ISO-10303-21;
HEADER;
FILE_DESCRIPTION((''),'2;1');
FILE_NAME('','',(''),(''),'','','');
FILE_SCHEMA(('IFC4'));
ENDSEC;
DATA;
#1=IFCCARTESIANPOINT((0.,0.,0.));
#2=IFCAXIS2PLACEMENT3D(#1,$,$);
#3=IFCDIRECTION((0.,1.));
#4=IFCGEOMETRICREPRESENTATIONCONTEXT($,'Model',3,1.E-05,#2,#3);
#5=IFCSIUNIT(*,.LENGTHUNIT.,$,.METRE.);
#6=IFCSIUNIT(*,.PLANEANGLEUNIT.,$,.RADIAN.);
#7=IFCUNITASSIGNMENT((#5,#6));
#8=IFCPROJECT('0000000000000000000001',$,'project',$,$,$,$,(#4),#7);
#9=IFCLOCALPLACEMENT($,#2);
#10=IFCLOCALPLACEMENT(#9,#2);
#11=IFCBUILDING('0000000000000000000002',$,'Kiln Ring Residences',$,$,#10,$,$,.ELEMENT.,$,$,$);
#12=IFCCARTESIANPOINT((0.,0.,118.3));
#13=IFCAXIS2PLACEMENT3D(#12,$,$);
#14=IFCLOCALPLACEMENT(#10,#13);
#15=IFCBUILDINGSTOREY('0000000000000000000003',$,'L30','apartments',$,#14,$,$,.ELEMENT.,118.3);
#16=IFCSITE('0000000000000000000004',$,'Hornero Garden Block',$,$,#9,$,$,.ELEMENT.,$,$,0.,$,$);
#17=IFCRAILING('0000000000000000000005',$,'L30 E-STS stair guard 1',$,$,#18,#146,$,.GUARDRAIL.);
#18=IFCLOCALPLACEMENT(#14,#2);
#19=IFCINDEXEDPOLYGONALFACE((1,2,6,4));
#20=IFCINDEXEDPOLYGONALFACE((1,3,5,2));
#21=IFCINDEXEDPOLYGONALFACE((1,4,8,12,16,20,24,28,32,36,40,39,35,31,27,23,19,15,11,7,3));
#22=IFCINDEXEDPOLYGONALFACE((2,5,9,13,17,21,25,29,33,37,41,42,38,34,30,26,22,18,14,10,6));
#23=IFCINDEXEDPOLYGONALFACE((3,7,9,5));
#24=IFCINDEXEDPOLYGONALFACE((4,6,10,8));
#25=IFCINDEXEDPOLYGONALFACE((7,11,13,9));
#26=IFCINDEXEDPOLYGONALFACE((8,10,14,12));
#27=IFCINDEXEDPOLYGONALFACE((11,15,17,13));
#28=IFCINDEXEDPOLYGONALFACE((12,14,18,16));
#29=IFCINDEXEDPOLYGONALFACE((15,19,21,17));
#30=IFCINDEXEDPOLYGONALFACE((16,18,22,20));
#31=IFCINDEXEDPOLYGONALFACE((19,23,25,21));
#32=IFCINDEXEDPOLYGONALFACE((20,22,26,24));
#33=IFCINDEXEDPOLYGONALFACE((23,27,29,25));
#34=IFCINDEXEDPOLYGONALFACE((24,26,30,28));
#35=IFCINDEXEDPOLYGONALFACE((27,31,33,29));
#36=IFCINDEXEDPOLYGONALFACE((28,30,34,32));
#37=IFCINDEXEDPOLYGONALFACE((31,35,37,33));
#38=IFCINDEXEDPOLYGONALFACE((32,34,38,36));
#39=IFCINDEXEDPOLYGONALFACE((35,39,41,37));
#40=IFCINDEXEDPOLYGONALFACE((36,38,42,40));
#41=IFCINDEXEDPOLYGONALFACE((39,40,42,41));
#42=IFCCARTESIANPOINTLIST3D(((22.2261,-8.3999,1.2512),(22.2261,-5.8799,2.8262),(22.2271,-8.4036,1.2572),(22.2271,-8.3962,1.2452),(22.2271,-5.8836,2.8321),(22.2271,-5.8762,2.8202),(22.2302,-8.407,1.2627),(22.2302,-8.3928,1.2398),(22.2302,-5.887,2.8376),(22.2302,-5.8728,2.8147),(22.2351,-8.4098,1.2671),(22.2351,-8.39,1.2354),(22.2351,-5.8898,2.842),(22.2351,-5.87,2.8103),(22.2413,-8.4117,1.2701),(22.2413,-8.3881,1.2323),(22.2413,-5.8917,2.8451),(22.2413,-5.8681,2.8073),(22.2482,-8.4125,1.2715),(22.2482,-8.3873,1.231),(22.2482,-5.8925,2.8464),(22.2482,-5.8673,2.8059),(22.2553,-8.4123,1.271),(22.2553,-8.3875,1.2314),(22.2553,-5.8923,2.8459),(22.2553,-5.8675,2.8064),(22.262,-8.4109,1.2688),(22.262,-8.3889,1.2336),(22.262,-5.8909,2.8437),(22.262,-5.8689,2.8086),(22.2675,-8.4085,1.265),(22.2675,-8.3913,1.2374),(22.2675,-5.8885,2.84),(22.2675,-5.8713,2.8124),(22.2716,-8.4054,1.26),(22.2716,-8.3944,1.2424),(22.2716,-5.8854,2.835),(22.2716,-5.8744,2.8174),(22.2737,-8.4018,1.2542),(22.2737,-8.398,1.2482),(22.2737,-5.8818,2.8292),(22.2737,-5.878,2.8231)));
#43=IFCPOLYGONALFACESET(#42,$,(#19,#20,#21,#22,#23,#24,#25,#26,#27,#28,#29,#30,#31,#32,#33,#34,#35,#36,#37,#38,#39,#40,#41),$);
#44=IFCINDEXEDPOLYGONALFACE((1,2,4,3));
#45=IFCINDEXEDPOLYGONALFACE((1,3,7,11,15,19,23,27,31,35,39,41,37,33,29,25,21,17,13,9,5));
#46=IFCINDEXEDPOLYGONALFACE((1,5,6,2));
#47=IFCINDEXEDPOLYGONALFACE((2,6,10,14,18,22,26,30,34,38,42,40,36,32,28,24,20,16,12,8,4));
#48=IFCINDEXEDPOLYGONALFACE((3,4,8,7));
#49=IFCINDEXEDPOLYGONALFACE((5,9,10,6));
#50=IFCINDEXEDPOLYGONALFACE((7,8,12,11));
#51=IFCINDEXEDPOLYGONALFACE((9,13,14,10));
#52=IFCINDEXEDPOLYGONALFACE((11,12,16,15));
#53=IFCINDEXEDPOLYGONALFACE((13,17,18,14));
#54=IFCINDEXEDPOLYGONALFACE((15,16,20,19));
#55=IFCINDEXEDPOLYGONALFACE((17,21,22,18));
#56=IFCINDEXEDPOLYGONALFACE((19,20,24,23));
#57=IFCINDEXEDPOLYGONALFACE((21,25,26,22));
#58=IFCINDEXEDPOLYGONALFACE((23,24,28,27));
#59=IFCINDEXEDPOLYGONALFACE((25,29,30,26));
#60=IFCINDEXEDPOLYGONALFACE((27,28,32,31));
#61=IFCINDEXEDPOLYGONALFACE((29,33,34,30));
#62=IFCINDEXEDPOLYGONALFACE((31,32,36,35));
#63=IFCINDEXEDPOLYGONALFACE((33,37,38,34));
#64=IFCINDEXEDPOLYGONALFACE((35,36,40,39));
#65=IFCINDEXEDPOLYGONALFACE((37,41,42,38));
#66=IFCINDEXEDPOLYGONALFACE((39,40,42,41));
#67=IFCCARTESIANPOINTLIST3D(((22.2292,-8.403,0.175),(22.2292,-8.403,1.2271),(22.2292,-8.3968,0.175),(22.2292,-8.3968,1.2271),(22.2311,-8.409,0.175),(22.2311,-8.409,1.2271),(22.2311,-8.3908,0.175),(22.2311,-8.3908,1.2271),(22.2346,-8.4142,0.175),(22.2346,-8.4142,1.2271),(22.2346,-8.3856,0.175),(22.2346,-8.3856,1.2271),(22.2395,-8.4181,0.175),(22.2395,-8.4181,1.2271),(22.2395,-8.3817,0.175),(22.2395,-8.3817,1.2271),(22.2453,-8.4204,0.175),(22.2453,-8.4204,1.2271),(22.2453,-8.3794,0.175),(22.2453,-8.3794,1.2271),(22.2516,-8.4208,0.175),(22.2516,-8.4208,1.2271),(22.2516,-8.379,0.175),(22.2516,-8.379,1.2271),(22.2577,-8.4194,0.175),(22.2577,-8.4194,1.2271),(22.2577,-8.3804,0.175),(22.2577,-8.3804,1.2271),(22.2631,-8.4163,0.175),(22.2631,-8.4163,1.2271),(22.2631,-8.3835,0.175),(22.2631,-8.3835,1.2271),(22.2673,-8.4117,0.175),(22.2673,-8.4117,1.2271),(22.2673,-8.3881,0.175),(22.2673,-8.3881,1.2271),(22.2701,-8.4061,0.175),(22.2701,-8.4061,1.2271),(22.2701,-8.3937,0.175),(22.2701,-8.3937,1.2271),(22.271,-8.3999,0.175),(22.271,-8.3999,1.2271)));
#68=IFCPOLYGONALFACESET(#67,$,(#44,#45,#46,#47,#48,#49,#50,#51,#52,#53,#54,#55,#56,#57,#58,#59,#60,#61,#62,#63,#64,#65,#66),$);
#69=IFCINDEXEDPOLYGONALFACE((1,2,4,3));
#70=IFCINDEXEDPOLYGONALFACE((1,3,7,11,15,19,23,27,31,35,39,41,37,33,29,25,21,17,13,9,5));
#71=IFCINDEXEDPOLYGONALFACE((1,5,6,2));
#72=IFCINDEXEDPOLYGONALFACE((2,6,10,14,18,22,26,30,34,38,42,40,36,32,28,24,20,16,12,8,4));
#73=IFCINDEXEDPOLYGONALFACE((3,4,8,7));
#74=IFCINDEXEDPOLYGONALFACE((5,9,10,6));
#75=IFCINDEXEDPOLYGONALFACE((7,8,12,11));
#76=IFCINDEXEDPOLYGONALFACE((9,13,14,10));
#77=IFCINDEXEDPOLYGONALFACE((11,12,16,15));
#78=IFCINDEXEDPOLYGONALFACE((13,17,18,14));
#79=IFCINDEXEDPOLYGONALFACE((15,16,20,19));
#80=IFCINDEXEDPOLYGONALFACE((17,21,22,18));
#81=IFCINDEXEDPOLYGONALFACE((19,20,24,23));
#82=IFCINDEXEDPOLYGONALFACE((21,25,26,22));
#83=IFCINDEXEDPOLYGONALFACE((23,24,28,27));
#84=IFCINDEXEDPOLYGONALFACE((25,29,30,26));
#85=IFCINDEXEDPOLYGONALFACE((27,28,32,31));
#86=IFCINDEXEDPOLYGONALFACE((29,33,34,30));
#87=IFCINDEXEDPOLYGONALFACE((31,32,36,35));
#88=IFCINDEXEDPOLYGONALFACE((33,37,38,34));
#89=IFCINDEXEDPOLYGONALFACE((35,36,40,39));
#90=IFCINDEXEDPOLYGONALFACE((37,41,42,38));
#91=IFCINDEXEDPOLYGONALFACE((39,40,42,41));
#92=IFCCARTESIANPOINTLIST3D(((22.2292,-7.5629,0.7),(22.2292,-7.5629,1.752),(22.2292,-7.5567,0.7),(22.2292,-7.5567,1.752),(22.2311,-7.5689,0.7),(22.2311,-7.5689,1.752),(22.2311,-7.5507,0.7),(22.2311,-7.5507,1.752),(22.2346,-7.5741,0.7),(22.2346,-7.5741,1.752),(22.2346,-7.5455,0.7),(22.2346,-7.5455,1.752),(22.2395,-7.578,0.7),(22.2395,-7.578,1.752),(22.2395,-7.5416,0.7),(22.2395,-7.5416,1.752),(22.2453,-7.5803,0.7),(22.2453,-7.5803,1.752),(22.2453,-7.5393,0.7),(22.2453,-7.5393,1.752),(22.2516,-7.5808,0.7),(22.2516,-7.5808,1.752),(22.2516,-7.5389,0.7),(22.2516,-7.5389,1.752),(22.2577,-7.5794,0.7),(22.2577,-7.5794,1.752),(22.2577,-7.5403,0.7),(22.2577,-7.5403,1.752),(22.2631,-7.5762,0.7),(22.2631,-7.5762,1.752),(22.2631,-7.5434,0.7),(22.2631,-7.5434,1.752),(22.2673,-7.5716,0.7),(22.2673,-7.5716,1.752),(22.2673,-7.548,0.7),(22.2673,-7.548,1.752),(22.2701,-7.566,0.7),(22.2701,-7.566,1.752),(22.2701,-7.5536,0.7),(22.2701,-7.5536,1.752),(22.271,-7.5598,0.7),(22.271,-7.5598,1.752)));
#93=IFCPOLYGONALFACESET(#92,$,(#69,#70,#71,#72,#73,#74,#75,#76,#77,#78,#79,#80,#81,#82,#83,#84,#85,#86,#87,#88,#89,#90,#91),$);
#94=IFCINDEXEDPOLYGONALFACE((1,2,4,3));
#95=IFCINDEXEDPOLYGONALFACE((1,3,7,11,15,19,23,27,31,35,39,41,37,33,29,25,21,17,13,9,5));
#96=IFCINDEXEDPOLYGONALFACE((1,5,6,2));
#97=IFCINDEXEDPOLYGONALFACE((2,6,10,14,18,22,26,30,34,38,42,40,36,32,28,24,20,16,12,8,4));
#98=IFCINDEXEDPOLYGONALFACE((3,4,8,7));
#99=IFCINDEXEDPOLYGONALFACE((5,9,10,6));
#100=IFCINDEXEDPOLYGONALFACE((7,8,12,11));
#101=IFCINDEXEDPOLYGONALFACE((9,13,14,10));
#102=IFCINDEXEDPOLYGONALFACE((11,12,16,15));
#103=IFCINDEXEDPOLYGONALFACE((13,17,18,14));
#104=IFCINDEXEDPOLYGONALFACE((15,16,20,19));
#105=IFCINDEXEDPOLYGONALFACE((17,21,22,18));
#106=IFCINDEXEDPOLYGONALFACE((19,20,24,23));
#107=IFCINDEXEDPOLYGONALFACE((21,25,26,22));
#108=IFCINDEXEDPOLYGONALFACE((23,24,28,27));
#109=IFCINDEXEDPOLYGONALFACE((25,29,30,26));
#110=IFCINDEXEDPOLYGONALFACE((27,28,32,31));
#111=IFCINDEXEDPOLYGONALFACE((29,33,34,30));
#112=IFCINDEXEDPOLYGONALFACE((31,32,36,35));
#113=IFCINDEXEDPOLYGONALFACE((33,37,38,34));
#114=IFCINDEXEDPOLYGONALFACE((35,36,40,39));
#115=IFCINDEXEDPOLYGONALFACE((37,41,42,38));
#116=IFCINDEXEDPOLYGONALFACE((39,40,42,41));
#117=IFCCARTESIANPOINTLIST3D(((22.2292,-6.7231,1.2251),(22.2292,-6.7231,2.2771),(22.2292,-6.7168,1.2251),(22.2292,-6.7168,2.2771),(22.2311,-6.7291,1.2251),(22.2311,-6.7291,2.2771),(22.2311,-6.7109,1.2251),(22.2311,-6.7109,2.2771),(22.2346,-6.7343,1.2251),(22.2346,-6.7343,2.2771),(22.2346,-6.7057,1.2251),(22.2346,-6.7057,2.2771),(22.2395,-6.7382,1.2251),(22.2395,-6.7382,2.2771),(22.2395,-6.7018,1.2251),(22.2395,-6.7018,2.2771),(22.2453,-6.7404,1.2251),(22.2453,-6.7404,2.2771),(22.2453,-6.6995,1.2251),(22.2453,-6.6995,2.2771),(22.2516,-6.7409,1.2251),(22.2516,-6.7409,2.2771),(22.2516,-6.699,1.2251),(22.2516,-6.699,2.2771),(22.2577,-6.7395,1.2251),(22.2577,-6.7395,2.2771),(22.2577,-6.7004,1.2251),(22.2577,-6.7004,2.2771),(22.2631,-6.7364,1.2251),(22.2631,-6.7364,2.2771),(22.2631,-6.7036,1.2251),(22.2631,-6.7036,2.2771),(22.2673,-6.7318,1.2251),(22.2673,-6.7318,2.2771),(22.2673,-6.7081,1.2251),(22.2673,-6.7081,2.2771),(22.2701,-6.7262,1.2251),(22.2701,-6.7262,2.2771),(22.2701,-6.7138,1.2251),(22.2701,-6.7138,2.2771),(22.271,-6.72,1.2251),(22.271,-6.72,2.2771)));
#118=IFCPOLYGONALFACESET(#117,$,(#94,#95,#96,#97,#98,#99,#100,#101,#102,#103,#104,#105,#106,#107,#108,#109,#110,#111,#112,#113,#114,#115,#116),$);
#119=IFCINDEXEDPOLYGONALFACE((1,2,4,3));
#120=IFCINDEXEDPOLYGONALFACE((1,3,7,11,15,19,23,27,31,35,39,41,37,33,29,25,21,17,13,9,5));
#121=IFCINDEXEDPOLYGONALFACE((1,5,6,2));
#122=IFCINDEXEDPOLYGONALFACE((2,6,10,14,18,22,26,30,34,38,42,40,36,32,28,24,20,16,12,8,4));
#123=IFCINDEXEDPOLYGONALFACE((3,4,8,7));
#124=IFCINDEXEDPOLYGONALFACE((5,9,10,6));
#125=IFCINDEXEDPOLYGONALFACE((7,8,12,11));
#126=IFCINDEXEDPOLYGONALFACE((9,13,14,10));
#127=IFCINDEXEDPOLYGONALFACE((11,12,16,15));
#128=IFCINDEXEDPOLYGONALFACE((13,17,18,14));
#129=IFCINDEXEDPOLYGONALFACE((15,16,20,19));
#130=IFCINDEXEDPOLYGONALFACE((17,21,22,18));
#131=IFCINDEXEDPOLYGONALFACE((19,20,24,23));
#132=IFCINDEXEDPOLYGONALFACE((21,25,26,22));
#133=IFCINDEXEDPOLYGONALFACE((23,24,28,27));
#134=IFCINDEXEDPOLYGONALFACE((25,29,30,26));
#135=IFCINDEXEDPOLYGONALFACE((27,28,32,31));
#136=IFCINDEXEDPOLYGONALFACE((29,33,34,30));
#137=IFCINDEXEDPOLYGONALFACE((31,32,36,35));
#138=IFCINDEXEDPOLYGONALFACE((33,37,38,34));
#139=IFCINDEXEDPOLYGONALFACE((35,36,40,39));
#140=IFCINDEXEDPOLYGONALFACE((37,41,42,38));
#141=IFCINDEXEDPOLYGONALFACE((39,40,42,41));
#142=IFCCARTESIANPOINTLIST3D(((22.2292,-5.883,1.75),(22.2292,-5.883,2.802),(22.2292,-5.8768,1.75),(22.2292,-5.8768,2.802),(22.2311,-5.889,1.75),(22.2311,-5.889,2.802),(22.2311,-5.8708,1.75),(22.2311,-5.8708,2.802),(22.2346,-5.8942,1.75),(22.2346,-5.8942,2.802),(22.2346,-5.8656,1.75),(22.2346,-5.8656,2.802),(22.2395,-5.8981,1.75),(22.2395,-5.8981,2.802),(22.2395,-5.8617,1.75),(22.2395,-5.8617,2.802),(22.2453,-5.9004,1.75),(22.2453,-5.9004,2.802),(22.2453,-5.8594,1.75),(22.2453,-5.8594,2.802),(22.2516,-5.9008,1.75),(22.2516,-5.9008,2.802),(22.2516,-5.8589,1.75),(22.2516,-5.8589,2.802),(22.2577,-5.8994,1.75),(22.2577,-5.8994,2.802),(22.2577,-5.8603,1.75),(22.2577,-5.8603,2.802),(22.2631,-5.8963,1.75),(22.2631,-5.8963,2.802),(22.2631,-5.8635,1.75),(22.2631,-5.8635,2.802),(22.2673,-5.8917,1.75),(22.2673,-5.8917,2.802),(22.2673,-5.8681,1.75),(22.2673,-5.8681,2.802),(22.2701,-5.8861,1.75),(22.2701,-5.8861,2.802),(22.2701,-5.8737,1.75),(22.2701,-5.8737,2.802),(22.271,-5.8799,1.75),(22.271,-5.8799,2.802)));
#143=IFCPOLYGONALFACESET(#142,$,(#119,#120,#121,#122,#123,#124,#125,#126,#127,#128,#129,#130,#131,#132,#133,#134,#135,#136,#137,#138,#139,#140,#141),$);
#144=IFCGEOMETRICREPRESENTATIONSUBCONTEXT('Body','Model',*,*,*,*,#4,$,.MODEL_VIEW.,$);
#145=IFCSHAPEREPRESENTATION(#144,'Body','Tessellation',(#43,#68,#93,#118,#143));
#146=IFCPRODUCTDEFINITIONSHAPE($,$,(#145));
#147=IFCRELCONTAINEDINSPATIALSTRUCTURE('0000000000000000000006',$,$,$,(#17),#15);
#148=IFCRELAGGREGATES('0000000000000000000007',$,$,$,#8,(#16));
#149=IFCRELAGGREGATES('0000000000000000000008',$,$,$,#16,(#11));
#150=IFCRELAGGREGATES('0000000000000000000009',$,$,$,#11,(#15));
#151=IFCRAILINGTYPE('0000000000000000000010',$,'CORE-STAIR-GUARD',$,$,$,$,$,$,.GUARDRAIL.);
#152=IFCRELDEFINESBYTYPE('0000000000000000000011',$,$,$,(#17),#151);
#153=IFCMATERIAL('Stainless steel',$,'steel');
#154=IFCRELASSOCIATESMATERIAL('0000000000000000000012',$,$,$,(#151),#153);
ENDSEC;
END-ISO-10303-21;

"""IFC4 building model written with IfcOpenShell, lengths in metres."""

from ifc_helpers import new_model, si_unit, direction, frame, origin, origin_2d, place, context, subcontext, project, spatial, circle, extrude, material, type_object, element, save


model = new_model("IFC4")

# Units and contexts
model_context = context("Model", 3, precision=1e-05, world=origin(), true_north=direction((0.0, 1.0)))
body_context = subcontext(model_context, "Body", "Model", "MODEL_VIEW")
ifc_project = project(units=[si_unit("LENGTHUNIT", "METRE"), si_unit("PLANEANGLEUNIT", "RADIAN")], contexts=[model_context])

# Site, building, storey
site_placement = place(None, origin())
site = spatial("IfcSite", under=ifc_project, at=site_placement, Name="Hornero Garden Block", CompositionType="ELEMENT", RefElevation=0.0)
building_placement = place(site_placement, origin())
building = spatial("IfcBuilding", under=site, at=building_placement, Name="Kiln Ring Residences", CompositionType="ELEMENT")
storey_placement = place(building_placement, frame((0.0, 0.0, 118.3)))
storey = spatial("IfcBuildingStorey", under=building, at=storey_placement, Name="L30", Description="apartments", CompositionType="ELEMENT", Elevation=118.3)

# Railing
ifc_material_1 = material(Name="Stainless steel", Category="steel")
railing_type_1 = type_object("IfcRailingType", Name="CORE-STAIR-GUARD", PredefinedType="GUARDRAIL", material=ifc_material_1)
railing_1_placement = place(storey_placement, frame((22.25, -8.3999, 0.175)))
element("IfcRailing", 1, at=railing_1_placement, inside=storey, type_object=railing_type_1, Name="L30 E-STS stair guard 1", PredefinedType="GUARDRAIL", context=body_context, shape_type="SweptSolid", body=[
    extrude(circle(Radius=0.0239, at=origin_2d()), frame((0.0, 0.0, 1.0762), z_axis=(0.0, 0.848008, 0.529984), x_axis=(-1.0, 0.0, 0.0)), (0.0, 0.0, 1.0), 2.9717),
    extrude(circle(Radius=0.021, at=origin_2d()), origin(), (0.0, 0.0, 1.0), 1.052),
    extrude(circle(Radius=0.021, at=origin_2d()), frame((0.0, 0.8401, 0.5249)), (0.0, 0.0, 1.0), 1.052),
    extrude(circle(Radius=0.021, at=origin_2d()), frame((0.0, 1.6799, 1.05)), (0.0, 0.0, 1.0), 1.052),
    extrude(circle(Radius=0.021, at=origin_2d()), frame((0.0, 2.52, 1.575)), (0.0, 0.0, 1.0), 1.052),
])

save(model, "model.ifc")
